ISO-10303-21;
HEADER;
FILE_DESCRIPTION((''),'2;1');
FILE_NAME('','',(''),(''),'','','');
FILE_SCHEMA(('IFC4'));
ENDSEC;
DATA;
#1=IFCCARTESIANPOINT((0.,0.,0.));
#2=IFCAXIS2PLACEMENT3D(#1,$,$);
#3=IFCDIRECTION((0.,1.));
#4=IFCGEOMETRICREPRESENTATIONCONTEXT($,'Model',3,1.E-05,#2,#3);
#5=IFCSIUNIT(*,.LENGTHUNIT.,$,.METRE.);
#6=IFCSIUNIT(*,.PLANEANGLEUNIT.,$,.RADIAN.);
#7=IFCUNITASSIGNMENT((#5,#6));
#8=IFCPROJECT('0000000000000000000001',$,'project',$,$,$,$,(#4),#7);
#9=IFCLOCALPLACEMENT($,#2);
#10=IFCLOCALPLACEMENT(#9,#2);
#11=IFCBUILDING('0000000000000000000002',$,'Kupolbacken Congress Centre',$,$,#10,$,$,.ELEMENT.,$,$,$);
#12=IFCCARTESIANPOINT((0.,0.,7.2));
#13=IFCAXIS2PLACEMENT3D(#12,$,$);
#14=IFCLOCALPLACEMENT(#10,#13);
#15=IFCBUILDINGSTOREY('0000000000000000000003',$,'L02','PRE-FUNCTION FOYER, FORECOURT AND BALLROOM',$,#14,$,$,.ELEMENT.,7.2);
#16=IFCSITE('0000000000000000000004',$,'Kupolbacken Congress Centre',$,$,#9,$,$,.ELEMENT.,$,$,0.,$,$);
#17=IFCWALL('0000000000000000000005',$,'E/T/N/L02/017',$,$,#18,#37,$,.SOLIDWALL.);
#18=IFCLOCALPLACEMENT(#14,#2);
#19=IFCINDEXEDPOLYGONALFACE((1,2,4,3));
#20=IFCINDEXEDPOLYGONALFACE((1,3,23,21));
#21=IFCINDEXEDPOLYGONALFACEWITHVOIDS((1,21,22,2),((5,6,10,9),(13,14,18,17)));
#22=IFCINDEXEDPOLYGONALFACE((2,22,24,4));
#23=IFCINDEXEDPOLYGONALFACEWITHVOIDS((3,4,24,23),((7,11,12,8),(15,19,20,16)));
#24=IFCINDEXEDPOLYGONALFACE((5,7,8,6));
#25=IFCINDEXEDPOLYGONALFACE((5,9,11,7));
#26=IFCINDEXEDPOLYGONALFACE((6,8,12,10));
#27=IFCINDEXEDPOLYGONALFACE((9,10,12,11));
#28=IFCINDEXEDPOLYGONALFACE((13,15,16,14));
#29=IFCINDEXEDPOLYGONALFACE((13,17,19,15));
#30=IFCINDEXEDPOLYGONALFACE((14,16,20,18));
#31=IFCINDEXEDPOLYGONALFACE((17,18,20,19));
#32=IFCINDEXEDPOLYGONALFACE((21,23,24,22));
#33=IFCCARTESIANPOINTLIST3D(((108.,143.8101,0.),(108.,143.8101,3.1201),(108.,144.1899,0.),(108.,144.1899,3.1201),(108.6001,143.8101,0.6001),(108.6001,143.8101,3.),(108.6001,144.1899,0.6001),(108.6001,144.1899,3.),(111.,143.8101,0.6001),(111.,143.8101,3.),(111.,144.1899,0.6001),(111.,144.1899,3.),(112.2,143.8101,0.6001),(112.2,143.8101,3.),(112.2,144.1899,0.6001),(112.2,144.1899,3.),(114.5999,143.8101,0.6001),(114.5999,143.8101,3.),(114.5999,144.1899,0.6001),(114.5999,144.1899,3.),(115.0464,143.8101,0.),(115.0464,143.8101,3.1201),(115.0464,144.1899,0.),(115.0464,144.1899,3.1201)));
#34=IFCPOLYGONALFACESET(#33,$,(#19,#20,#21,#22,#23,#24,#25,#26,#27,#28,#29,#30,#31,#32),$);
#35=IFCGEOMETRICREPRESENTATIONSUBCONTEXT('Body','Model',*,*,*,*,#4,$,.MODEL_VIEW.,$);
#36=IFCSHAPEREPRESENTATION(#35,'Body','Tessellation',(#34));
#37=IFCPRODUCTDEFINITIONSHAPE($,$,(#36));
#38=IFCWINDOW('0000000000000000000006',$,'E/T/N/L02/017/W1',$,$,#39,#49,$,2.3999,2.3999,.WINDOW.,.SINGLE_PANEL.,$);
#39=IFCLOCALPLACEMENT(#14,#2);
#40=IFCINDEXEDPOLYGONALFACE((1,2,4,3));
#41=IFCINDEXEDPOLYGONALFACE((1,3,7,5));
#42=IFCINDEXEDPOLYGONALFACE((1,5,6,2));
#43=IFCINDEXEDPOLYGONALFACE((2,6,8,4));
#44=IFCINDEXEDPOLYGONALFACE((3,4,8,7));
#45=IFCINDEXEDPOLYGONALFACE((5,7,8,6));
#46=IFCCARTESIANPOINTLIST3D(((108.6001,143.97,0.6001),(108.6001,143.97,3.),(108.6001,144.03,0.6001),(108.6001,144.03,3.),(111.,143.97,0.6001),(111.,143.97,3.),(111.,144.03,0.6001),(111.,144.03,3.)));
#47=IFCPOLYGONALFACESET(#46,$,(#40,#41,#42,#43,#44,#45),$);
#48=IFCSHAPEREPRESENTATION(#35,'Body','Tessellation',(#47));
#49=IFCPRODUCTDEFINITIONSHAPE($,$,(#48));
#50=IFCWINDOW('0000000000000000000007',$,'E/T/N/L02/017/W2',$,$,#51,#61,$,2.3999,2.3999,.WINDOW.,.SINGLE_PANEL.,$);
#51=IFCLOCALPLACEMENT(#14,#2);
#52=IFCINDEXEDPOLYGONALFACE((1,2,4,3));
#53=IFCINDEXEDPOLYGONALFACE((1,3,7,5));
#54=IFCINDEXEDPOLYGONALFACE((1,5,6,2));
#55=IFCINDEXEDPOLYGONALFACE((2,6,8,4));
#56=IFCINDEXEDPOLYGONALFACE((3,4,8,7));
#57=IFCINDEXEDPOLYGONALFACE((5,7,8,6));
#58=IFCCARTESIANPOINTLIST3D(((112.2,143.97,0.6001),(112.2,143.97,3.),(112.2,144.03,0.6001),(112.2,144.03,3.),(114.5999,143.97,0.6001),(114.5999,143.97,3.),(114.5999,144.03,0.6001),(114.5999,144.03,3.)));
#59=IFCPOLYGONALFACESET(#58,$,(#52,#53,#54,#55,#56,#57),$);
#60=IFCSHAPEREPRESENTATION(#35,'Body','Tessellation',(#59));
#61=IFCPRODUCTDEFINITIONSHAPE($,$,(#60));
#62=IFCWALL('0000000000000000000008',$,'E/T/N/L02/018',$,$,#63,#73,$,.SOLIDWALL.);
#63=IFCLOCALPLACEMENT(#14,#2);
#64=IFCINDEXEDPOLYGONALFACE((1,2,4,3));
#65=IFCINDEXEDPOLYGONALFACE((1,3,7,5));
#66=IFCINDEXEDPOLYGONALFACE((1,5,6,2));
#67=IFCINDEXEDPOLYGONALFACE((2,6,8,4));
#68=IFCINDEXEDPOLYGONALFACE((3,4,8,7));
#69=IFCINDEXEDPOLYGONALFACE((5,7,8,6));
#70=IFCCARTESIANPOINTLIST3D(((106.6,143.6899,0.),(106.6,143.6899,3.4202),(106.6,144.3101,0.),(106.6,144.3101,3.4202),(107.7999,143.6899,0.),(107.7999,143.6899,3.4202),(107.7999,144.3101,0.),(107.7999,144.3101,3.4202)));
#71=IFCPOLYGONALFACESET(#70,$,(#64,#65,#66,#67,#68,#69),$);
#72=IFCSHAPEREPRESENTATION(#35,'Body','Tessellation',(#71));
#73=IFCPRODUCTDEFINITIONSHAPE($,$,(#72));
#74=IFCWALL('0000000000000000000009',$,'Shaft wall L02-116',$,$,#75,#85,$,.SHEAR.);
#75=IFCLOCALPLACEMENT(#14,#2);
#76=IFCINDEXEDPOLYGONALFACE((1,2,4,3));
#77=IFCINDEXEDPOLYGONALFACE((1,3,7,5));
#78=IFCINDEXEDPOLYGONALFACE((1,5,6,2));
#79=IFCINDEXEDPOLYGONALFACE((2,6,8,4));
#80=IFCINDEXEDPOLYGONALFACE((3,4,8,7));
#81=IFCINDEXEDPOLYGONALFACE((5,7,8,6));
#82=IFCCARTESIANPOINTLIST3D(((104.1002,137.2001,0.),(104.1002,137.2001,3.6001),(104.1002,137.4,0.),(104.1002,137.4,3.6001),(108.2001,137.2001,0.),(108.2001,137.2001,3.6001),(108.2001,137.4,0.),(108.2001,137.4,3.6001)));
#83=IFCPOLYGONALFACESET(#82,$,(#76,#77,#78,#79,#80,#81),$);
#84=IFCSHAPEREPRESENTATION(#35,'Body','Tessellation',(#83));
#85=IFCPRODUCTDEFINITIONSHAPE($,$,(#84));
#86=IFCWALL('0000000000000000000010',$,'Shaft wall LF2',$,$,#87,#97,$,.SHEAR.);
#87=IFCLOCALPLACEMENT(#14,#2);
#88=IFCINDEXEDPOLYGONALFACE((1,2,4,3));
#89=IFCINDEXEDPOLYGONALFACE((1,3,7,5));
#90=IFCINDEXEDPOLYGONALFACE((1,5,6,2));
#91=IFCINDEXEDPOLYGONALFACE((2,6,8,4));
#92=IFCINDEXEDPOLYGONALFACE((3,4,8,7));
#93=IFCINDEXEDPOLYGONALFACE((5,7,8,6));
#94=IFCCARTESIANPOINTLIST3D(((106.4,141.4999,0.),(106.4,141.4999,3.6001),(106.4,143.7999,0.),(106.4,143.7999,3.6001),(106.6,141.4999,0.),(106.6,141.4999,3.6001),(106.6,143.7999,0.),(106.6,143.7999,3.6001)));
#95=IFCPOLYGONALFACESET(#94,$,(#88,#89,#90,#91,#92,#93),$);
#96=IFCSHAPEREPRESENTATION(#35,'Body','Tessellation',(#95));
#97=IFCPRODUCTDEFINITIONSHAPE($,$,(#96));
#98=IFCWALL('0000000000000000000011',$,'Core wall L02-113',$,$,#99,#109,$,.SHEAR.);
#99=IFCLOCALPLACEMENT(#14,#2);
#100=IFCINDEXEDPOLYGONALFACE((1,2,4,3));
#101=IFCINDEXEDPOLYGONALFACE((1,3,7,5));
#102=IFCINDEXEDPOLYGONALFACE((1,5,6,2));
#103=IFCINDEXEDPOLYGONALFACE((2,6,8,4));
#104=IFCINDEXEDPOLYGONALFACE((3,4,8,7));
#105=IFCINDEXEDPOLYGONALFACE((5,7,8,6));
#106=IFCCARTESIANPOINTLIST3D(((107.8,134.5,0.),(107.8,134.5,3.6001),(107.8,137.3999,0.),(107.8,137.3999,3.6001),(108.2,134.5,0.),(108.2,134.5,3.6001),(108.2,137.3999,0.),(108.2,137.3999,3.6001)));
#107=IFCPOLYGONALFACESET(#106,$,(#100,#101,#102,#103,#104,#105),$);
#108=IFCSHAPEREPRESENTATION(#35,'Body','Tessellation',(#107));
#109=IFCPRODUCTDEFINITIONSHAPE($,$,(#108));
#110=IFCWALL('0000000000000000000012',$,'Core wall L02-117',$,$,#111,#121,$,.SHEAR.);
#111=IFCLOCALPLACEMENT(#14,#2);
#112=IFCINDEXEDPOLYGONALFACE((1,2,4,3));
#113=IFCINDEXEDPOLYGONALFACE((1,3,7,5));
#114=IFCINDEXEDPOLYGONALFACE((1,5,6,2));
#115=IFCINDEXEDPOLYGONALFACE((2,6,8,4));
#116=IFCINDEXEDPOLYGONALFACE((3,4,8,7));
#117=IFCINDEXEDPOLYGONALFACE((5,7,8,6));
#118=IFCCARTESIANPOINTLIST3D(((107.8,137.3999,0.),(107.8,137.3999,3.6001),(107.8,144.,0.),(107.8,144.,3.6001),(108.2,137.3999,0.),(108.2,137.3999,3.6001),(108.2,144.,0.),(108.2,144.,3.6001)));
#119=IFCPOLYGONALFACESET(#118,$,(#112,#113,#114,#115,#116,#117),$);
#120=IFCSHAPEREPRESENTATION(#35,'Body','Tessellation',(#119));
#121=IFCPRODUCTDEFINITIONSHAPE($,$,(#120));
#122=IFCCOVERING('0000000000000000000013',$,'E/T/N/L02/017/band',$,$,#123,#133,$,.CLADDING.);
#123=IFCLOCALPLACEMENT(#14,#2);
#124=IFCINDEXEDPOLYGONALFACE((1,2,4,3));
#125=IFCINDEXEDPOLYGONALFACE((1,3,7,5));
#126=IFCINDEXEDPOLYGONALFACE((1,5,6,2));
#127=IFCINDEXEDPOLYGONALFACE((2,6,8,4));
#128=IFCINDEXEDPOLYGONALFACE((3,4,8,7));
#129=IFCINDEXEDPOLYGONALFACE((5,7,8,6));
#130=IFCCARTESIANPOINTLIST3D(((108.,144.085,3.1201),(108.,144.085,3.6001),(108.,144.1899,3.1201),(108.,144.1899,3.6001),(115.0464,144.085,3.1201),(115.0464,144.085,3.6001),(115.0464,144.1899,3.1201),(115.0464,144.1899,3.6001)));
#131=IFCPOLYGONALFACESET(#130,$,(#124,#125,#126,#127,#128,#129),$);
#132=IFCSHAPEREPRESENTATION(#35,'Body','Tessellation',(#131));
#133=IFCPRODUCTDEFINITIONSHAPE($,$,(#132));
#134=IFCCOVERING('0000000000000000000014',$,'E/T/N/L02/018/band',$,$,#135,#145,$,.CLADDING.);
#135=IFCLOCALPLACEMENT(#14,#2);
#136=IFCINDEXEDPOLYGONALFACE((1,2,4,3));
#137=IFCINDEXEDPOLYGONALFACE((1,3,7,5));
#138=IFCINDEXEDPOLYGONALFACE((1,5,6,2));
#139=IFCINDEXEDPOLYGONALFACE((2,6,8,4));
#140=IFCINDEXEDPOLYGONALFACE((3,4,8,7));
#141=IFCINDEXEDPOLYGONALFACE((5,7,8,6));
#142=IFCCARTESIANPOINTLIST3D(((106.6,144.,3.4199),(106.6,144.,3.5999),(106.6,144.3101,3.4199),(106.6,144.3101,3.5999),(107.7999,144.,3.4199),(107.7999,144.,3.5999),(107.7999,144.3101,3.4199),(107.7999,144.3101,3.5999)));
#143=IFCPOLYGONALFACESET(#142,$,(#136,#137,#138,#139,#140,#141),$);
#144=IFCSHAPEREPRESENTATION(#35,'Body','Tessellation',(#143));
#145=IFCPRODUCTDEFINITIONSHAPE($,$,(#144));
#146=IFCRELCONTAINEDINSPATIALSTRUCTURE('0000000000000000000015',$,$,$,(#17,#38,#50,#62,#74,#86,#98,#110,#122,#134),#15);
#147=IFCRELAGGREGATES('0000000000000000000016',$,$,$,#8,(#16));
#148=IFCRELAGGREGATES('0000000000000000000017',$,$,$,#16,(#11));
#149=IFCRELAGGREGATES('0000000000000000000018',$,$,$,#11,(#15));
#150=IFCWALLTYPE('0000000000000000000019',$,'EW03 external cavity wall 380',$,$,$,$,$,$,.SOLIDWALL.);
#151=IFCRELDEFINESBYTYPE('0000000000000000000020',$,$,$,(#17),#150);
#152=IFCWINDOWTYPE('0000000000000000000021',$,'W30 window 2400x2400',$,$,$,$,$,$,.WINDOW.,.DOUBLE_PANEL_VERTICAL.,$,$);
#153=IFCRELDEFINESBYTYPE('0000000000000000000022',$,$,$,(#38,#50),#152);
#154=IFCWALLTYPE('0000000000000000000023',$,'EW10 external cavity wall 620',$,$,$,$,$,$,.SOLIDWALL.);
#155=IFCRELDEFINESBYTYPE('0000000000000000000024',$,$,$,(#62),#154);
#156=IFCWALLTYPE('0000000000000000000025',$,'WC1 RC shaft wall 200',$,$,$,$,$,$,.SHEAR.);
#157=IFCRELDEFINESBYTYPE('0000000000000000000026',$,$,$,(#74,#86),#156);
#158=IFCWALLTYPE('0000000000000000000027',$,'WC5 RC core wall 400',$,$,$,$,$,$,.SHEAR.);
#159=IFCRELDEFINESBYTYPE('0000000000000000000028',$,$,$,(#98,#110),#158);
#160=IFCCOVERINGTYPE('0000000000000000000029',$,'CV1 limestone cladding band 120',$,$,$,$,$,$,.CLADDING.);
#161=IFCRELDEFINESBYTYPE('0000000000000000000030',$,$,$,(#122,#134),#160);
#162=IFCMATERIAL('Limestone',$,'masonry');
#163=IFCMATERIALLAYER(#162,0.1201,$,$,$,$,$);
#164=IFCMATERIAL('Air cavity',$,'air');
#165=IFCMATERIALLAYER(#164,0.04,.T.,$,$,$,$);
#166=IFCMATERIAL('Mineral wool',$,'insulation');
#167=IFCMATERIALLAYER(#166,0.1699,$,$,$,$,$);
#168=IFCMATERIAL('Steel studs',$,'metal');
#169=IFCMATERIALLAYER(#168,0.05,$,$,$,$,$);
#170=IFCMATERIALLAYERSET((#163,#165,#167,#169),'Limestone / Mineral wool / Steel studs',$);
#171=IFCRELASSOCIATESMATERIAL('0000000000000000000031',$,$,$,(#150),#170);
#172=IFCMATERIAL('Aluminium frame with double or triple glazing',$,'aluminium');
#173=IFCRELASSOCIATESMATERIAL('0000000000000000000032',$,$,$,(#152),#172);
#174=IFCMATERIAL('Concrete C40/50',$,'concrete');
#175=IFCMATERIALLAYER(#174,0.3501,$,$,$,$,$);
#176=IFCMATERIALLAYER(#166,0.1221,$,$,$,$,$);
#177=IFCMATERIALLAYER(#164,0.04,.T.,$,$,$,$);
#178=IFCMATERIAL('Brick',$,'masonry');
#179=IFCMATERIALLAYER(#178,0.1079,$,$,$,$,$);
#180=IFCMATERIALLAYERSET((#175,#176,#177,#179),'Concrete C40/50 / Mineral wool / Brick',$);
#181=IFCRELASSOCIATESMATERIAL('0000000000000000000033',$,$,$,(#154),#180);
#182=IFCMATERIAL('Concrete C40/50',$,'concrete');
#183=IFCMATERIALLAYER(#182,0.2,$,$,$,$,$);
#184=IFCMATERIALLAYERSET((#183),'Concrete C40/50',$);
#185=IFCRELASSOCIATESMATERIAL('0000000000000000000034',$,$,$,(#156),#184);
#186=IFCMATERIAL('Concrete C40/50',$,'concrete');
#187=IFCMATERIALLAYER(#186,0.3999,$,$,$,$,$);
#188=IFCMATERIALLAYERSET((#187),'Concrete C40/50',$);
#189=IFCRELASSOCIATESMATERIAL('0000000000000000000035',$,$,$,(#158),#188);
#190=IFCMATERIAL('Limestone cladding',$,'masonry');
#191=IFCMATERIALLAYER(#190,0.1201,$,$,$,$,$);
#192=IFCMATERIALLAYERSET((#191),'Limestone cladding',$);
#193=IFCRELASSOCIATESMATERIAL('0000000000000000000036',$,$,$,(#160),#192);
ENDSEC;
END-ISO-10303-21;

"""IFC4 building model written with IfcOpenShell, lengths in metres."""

from ifc_helpers import new_model, si_unit, direction, frame, frame_2d, origin, origin_2d, place, context, subcontext, project, spatial, rectangle, extrude, material, layer, layer_set, type_object, element, fill, save


model = new_model("IFC4")

# Units and contexts
model_context = context("Model", 3, precision=1e-05, world=origin(), true_north=direction((0.0, 1.0)))
body_context = subcontext(model_context, "Body", "Model", "MODEL_VIEW")
ifc_project = project(units=[si_unit("LENGTHUNIT", "METRE"), si_unit("PLANEANGLEUNIT", "RADIAN")], contexts=[model_context])

# Site, building, storey
site_placement = place(None, origin())
site = spatial("IfcSite", under=ifc_project, at=site_placement, Name="Kupolbacken Congress Centre", CompositionType="ELEMENT", RefElevation=0.0)
building_placement = place(site_placement, origin())
building = spatial("IfcBuilding", under=site, at=building_placement, Name="Kupolbacken Congress Centre", CompositionType="ELEMENT")
storey_placement = place(building_placement, frame((0.0, 0.0, 7.2)))
storey = spatial("IfcBuildingStorey", under=building, at=storey_placement, Name="L02", Description="PRE-FUNCTION FOYER, FORECOURT AND BALLROOM", CompositionType="ELEMENT", Elevation=7.2)

# Wall, openings, windows
ifc_material_1 = material(Name="Limestone", Category="masonry")
ifc_layer_1 = layer(ifc_material_1, 0.1201)
ifc_material_2 = material(Name="Air cavity", Category="air")
ifc_layer_2 = layer(ifc_material_2, 0.04, ventilated=True)
ifc_material_3 = material(Name="Mineral wool", Category="insulation")
ifc_layer_3 = layer(ifc_material_3, 0.1699)
ifc_material_4 = material(Name="Steel studs", Category="metal")
ifc_layer_4 = layer(ifc_material_4, 0.05)
ifc_layer_set_1 = layer_set([ifc_layer_1, ifc_layer_2, ifc_layer_3, ifc_layer_4], Name="Limestone / Mineral wool / Steel studs")
wall_type_1 = type_object("IfcWallType", Name="EW03 external cavity wall 380", PredefinedType="SOLIDWALL", material=ifc_layer_set_1)
wall_1_placement = place(storey_placement, frame((115.0464, 144.0, 0.0), z_axis=(0.0, 0.0, 1.0), x_axis=(-1.0, 0.0, 0.0)))
wall_1 = element("IfcWall", 1, at=wall_1_placement, inside=storey, type_object=wall_type_1, Name="E/T/N/L02/017", PredefinedType="SOLIDWALL", context=body_context, shape_type="SweptSolid", body=[
    extrude(rectangle(XDim=7.0464, YDim=0.3799, at=frame_2d((3.5232, 0.0))), origin(), (0.0, 0.0, 1.0), 3.1201),
])
opening_1_placement = place(wall_1_placement, frame((4.0464, 0.0, 0.6001)))
opening_1 = element("IfcOpeningElement", 2, at=opening_1_placement, cuts=wall_1, PredefinedType="OPENING", context=body_context, shape_type="SweptSolid", body=[
    extrude(rectangle(XDim=2.3999, YDim=2.3999, at=frame_2d((1.2, 1.2))), frame((0.0, 0.2, 0.0), z_axis=(0.0, -1.0, 0.0), x_axis=(1.0, 0.0, 0.0)), (0.0, 0.0, 1.0), 0.3999),
])
opening_2_placement = place(wall_1_placement, frame((0.4465, 0.0, 0.6001)))
opening_2 = element("IfcOpeningElement", 3, at=opening_2_placement, cuts=wall_1, PredefinedType="OPENING", context=body_context, shape_type="SweptSolid", body=[
    extrude(rectangle(XDim=2.3999, YDim=2.3999, at=frame_2d((1.2, 1.2))), frame((0.0, 0.2, 0.0), z_axis=(0.0, -1.0, 0.0), x_axis=(1.0, 0.0, 0.0)), (0.0, 0.0, 1.0), 0.3999),
])
ifc_material_5 = material(Name="Aluminium frame with double or triple glazing", Category="aluminium")
window_type = type_object("IfcWindowType", Name="W30 window 2400x2400", PartitioningType="DOUBLE_PANEL_VERTICAL", PredefinedType="WINDOW", material=ifc_material_5)
window_1_placement = place(opening_1_placement, origin())
window_1 = element("IfcWindow", 4, at=window_1_placement, inside=storey, type_object=window_type, Name="E/T/N/L02/017/W1", OverallHeight=2.3999, OverallWidth=2.3999, PartitioningType="SINGLE_PANEL", PredefinedType="WINDOW", context=body_context, shape_type="SweptSolid", body=[
    extrude(rectangle(XDim=2.3999, YDim=2.3999, at=frame_2d((1.2, 1.2))), frame((0.0, 0.03, 0.0), z_axis=(0.0, -1.0, 0.0), x_axis=(1.0, 0.0, 0.0)), (0.0, 0.0, 1.0), 0.0601),
])
fill(opening_1, window_1)
window_2_placement = place(opening_2_placement, origin())
window_2 = element("IfcWindow", 5, at=window_2_placement, inside=storey, type_object=window_type, Name="E/T/N/L02/017/W2", OverallHeight=2.3999, OverallWidth=2.3999, PartitioningType="SINGLE_PANEL", PredefinedType="WINDOW", context=body_context, shape_type="SweptSolid", body=[
    extrude(rectangle(XDim=2.3999, YDim=2.3999, at=frame_2d((1.2, 1.2))), frame((0.0, 0.03, 0.0), z_axis=(0.0, -1.0, 0.0), x_axis=(1.0, 0.0, 0.0)), (0.0, 0.0, 1.0), 0.0601),
])
fill(opening_2, window_2)

# Walls
ifc_material_6 = material(Name="Concrete C40/50", Category="concrete")
ifc_layer_5 = layer(ifc_material_6, 0.3501)
ifc_layer_6 = layer(ifc_material_3, 0.1221)
ifc_layer_7 = layer(ifc_material_2, 0.04, ventilated=True)
ifc_material_7 = material(Name="Brick", Category="masonry")
ifc_layer_8 = layer(ifc_material_7, 0.1079)
ifc_layer_set_2 = layer_set([ifc_layer_5, ifc_layer_6, ifc_layer_7, ifc_layer_8], Name="Concrete C40/50 / Mineral wool / Brick")
wall_type_2 = type_object("IfcWallType", Name="EW10 external cavity wall 620", PredefinedType="SOLIDWALL", material=ifc_layer_set_2)
wall_2_placement = place(storey_placement, frame((107.8, 144.0, 0.0), z_axis=(0.0, 0.0, 1.0), x_axis=(-1.0, 0.0, 0.0)))
element("IfcWall", 6, at=wall_2_placement, inside=storey, type_object=wall_type_2, Name="E/T/N/L02/018", PredefinedType="SOLIDWALL", context=body_context, shape_type="SweptSolid", body=[
    extrude(rectangle(XDim=1.2, YDim=0.6201, at=frame_2d((0.6001, 0.0))), origin(), (0.0, 0.0, 1.0), 3.4202),
])
ifc_material_8 = material(Name="Concrete C40/50", Category="concrete")
ifc_layer_9 = layer(ifc_material_8, 0.2)
ifc_layer_set_3 = layer_set([ifc_layer_9], Name="Concrete C40/50")
wall_type_3 = type_object("IfcWallType", Name="WC1 RC shaft wall 200", PredefinedType="SHEAR", material=ifc_layer_set_3)
wall_3_placement = place(storey_placement, frame((108.2, 137.3, 0.0), z_axis=(0.0, 0.0, 1.0), x_axis=(-1.0, 0.0, 0.0)))
element("IfcWall", 7, at=wall_3_placement, inside=storey, type_object=wall_type_3, Name="Shaft wall L02-116", PredefinedType="SHEAR", context=body_context, shape_type="SweptSolid", body=[
    extrude(rectangle(XDim=4.0999, YDim=0.2, at=frame_2d((2.0498, 0.0))), origin(), (0.0, 0.0, 1.0), 3.6001),
])
wall_4_placement = place(storey_placement, frame((106.5, 141.5, 0.0), z_axis=(0.0, 0.0, 1.0), x_axis=(0.0, 1.0, 0.0)))
element("IfcWall", 8, at=wall_4_placement, inside=storey, type_object=wall_type_3, Name="Shaft wall LF2", PredefinedType="SHEAR", context=body_context, shape_type="SweptSolid", body=[
    extrude(rectangle(XDim=2.3, YDim=0.2, at=frame_2d((1.1499, 0.0))), origin(), (0.0, 0.0, 1.0), 3.6001),
])
ifc_material_9 = material(Name="Concrete C40/50", Category="concrete")
ifc_layer_10 = layer(ifc_material_9, 0.3999)
ifc_layer_set_4 = layer_set([ifc_layer_10], Name="Concrete C40/50")
wall_type_4 = type_object("IfcWallType", Name="WC5 RC core wall 400", PredefinedType="SHEAR", material=ifc_layer_set_4)
wall_5_placement = place(storey_placement, frame((108.0, 134.5, 0.0), z_axis=(0.0, 0.0, 1.0), x_axis=(0.0, 1.0, 0.0)))
element("IfcWall", 9, at=wall_5_placement, inside=storey, type_object=wall_type_4, Name="Core wall L02-113", PredefinedType="SHEAR", context=body_context, shape_type="SweptSolid", body=[
    extrude(rectangle(XDim=2.8999, YDim=0.3999, at=frame_2d((1.45, 0.0))), origin(), (0.0, 0.0, 1.0), 3.6001),
])
wall_6_placement = place(storey_placement, frame((108.0, 137.3999, 0.0), z_axis=(0.0, 0.0, 1.0), x_axis=(0.0, 1.0, 0.0)))
element("IfcWall", 10, at=wall_6_placement, inside=storey, type_object=wall_type_4, Name="Core wall L02-117", PredefinedType="SHEAR", context=body_context, shape_type="SweptSolid", body=[
    extrude(rectangle(XDim=6.6001, YDim=0.3999, at=frame_2d((3.3, 0.0))), origin(), (0.0, 0.0, 1.0), 3.6001),
])

# Coverings
ifc_material_10 = material(Name="Limestone cladding", Category="masonry")
ifc_layer_11 = layer(ifc_material_10, 0.1201)
ifc_layer_set_5 = layer_set([ifc_layer_11], Name="Limestone cladding")
covering_type = type_object("IfcCoveringType", Name="CV1 limestone cladding band 120", PredefinedType="CLADDING", material=ifc_layer_set_5)
covering_1_placement = place(storey_placement, frame((111.5232, 144.1375, 3.1201), z_axis=(0.0, 0.0, 1.0), x_axis=(-1.0, 0.0, 0.0)))
element("IfcCovering", 11, at=covering_1_placement, inside=storey, type_object=covering_type, Name="E/T/N/L02/017/band", PredefinedType="CLADDING", context=body_context, shape_type="SweptSolid", body=[
    extrude(rectangle(XDim=7.0464, YDim=0.105, at=origin_2d()), origin(), (0.0, 0.0, 1.0), 0.48),
])
covering_2_placement = place(storey_placement, frame((107.2, 144.155, 3.4199), z_axis=(0.0, 0.0, 1.0), x_axis=(-1.0, 0.0, 0.0)))
element("IfcCovering", 12, at=covering_2_placement, inside=storey, type_object=covering_type, Name="E/T/N/L02/018/band", PredefinedType="CLADDING", context=body_context, shape_type="SweptSolid", body=[
    extrude(rectangle(XDim=1.2, YDim=0.3101, at=origin_2d()), origin(), (0.0, 0.0, 1.0), 0.1799),
])

save(model, "model.ifc")
